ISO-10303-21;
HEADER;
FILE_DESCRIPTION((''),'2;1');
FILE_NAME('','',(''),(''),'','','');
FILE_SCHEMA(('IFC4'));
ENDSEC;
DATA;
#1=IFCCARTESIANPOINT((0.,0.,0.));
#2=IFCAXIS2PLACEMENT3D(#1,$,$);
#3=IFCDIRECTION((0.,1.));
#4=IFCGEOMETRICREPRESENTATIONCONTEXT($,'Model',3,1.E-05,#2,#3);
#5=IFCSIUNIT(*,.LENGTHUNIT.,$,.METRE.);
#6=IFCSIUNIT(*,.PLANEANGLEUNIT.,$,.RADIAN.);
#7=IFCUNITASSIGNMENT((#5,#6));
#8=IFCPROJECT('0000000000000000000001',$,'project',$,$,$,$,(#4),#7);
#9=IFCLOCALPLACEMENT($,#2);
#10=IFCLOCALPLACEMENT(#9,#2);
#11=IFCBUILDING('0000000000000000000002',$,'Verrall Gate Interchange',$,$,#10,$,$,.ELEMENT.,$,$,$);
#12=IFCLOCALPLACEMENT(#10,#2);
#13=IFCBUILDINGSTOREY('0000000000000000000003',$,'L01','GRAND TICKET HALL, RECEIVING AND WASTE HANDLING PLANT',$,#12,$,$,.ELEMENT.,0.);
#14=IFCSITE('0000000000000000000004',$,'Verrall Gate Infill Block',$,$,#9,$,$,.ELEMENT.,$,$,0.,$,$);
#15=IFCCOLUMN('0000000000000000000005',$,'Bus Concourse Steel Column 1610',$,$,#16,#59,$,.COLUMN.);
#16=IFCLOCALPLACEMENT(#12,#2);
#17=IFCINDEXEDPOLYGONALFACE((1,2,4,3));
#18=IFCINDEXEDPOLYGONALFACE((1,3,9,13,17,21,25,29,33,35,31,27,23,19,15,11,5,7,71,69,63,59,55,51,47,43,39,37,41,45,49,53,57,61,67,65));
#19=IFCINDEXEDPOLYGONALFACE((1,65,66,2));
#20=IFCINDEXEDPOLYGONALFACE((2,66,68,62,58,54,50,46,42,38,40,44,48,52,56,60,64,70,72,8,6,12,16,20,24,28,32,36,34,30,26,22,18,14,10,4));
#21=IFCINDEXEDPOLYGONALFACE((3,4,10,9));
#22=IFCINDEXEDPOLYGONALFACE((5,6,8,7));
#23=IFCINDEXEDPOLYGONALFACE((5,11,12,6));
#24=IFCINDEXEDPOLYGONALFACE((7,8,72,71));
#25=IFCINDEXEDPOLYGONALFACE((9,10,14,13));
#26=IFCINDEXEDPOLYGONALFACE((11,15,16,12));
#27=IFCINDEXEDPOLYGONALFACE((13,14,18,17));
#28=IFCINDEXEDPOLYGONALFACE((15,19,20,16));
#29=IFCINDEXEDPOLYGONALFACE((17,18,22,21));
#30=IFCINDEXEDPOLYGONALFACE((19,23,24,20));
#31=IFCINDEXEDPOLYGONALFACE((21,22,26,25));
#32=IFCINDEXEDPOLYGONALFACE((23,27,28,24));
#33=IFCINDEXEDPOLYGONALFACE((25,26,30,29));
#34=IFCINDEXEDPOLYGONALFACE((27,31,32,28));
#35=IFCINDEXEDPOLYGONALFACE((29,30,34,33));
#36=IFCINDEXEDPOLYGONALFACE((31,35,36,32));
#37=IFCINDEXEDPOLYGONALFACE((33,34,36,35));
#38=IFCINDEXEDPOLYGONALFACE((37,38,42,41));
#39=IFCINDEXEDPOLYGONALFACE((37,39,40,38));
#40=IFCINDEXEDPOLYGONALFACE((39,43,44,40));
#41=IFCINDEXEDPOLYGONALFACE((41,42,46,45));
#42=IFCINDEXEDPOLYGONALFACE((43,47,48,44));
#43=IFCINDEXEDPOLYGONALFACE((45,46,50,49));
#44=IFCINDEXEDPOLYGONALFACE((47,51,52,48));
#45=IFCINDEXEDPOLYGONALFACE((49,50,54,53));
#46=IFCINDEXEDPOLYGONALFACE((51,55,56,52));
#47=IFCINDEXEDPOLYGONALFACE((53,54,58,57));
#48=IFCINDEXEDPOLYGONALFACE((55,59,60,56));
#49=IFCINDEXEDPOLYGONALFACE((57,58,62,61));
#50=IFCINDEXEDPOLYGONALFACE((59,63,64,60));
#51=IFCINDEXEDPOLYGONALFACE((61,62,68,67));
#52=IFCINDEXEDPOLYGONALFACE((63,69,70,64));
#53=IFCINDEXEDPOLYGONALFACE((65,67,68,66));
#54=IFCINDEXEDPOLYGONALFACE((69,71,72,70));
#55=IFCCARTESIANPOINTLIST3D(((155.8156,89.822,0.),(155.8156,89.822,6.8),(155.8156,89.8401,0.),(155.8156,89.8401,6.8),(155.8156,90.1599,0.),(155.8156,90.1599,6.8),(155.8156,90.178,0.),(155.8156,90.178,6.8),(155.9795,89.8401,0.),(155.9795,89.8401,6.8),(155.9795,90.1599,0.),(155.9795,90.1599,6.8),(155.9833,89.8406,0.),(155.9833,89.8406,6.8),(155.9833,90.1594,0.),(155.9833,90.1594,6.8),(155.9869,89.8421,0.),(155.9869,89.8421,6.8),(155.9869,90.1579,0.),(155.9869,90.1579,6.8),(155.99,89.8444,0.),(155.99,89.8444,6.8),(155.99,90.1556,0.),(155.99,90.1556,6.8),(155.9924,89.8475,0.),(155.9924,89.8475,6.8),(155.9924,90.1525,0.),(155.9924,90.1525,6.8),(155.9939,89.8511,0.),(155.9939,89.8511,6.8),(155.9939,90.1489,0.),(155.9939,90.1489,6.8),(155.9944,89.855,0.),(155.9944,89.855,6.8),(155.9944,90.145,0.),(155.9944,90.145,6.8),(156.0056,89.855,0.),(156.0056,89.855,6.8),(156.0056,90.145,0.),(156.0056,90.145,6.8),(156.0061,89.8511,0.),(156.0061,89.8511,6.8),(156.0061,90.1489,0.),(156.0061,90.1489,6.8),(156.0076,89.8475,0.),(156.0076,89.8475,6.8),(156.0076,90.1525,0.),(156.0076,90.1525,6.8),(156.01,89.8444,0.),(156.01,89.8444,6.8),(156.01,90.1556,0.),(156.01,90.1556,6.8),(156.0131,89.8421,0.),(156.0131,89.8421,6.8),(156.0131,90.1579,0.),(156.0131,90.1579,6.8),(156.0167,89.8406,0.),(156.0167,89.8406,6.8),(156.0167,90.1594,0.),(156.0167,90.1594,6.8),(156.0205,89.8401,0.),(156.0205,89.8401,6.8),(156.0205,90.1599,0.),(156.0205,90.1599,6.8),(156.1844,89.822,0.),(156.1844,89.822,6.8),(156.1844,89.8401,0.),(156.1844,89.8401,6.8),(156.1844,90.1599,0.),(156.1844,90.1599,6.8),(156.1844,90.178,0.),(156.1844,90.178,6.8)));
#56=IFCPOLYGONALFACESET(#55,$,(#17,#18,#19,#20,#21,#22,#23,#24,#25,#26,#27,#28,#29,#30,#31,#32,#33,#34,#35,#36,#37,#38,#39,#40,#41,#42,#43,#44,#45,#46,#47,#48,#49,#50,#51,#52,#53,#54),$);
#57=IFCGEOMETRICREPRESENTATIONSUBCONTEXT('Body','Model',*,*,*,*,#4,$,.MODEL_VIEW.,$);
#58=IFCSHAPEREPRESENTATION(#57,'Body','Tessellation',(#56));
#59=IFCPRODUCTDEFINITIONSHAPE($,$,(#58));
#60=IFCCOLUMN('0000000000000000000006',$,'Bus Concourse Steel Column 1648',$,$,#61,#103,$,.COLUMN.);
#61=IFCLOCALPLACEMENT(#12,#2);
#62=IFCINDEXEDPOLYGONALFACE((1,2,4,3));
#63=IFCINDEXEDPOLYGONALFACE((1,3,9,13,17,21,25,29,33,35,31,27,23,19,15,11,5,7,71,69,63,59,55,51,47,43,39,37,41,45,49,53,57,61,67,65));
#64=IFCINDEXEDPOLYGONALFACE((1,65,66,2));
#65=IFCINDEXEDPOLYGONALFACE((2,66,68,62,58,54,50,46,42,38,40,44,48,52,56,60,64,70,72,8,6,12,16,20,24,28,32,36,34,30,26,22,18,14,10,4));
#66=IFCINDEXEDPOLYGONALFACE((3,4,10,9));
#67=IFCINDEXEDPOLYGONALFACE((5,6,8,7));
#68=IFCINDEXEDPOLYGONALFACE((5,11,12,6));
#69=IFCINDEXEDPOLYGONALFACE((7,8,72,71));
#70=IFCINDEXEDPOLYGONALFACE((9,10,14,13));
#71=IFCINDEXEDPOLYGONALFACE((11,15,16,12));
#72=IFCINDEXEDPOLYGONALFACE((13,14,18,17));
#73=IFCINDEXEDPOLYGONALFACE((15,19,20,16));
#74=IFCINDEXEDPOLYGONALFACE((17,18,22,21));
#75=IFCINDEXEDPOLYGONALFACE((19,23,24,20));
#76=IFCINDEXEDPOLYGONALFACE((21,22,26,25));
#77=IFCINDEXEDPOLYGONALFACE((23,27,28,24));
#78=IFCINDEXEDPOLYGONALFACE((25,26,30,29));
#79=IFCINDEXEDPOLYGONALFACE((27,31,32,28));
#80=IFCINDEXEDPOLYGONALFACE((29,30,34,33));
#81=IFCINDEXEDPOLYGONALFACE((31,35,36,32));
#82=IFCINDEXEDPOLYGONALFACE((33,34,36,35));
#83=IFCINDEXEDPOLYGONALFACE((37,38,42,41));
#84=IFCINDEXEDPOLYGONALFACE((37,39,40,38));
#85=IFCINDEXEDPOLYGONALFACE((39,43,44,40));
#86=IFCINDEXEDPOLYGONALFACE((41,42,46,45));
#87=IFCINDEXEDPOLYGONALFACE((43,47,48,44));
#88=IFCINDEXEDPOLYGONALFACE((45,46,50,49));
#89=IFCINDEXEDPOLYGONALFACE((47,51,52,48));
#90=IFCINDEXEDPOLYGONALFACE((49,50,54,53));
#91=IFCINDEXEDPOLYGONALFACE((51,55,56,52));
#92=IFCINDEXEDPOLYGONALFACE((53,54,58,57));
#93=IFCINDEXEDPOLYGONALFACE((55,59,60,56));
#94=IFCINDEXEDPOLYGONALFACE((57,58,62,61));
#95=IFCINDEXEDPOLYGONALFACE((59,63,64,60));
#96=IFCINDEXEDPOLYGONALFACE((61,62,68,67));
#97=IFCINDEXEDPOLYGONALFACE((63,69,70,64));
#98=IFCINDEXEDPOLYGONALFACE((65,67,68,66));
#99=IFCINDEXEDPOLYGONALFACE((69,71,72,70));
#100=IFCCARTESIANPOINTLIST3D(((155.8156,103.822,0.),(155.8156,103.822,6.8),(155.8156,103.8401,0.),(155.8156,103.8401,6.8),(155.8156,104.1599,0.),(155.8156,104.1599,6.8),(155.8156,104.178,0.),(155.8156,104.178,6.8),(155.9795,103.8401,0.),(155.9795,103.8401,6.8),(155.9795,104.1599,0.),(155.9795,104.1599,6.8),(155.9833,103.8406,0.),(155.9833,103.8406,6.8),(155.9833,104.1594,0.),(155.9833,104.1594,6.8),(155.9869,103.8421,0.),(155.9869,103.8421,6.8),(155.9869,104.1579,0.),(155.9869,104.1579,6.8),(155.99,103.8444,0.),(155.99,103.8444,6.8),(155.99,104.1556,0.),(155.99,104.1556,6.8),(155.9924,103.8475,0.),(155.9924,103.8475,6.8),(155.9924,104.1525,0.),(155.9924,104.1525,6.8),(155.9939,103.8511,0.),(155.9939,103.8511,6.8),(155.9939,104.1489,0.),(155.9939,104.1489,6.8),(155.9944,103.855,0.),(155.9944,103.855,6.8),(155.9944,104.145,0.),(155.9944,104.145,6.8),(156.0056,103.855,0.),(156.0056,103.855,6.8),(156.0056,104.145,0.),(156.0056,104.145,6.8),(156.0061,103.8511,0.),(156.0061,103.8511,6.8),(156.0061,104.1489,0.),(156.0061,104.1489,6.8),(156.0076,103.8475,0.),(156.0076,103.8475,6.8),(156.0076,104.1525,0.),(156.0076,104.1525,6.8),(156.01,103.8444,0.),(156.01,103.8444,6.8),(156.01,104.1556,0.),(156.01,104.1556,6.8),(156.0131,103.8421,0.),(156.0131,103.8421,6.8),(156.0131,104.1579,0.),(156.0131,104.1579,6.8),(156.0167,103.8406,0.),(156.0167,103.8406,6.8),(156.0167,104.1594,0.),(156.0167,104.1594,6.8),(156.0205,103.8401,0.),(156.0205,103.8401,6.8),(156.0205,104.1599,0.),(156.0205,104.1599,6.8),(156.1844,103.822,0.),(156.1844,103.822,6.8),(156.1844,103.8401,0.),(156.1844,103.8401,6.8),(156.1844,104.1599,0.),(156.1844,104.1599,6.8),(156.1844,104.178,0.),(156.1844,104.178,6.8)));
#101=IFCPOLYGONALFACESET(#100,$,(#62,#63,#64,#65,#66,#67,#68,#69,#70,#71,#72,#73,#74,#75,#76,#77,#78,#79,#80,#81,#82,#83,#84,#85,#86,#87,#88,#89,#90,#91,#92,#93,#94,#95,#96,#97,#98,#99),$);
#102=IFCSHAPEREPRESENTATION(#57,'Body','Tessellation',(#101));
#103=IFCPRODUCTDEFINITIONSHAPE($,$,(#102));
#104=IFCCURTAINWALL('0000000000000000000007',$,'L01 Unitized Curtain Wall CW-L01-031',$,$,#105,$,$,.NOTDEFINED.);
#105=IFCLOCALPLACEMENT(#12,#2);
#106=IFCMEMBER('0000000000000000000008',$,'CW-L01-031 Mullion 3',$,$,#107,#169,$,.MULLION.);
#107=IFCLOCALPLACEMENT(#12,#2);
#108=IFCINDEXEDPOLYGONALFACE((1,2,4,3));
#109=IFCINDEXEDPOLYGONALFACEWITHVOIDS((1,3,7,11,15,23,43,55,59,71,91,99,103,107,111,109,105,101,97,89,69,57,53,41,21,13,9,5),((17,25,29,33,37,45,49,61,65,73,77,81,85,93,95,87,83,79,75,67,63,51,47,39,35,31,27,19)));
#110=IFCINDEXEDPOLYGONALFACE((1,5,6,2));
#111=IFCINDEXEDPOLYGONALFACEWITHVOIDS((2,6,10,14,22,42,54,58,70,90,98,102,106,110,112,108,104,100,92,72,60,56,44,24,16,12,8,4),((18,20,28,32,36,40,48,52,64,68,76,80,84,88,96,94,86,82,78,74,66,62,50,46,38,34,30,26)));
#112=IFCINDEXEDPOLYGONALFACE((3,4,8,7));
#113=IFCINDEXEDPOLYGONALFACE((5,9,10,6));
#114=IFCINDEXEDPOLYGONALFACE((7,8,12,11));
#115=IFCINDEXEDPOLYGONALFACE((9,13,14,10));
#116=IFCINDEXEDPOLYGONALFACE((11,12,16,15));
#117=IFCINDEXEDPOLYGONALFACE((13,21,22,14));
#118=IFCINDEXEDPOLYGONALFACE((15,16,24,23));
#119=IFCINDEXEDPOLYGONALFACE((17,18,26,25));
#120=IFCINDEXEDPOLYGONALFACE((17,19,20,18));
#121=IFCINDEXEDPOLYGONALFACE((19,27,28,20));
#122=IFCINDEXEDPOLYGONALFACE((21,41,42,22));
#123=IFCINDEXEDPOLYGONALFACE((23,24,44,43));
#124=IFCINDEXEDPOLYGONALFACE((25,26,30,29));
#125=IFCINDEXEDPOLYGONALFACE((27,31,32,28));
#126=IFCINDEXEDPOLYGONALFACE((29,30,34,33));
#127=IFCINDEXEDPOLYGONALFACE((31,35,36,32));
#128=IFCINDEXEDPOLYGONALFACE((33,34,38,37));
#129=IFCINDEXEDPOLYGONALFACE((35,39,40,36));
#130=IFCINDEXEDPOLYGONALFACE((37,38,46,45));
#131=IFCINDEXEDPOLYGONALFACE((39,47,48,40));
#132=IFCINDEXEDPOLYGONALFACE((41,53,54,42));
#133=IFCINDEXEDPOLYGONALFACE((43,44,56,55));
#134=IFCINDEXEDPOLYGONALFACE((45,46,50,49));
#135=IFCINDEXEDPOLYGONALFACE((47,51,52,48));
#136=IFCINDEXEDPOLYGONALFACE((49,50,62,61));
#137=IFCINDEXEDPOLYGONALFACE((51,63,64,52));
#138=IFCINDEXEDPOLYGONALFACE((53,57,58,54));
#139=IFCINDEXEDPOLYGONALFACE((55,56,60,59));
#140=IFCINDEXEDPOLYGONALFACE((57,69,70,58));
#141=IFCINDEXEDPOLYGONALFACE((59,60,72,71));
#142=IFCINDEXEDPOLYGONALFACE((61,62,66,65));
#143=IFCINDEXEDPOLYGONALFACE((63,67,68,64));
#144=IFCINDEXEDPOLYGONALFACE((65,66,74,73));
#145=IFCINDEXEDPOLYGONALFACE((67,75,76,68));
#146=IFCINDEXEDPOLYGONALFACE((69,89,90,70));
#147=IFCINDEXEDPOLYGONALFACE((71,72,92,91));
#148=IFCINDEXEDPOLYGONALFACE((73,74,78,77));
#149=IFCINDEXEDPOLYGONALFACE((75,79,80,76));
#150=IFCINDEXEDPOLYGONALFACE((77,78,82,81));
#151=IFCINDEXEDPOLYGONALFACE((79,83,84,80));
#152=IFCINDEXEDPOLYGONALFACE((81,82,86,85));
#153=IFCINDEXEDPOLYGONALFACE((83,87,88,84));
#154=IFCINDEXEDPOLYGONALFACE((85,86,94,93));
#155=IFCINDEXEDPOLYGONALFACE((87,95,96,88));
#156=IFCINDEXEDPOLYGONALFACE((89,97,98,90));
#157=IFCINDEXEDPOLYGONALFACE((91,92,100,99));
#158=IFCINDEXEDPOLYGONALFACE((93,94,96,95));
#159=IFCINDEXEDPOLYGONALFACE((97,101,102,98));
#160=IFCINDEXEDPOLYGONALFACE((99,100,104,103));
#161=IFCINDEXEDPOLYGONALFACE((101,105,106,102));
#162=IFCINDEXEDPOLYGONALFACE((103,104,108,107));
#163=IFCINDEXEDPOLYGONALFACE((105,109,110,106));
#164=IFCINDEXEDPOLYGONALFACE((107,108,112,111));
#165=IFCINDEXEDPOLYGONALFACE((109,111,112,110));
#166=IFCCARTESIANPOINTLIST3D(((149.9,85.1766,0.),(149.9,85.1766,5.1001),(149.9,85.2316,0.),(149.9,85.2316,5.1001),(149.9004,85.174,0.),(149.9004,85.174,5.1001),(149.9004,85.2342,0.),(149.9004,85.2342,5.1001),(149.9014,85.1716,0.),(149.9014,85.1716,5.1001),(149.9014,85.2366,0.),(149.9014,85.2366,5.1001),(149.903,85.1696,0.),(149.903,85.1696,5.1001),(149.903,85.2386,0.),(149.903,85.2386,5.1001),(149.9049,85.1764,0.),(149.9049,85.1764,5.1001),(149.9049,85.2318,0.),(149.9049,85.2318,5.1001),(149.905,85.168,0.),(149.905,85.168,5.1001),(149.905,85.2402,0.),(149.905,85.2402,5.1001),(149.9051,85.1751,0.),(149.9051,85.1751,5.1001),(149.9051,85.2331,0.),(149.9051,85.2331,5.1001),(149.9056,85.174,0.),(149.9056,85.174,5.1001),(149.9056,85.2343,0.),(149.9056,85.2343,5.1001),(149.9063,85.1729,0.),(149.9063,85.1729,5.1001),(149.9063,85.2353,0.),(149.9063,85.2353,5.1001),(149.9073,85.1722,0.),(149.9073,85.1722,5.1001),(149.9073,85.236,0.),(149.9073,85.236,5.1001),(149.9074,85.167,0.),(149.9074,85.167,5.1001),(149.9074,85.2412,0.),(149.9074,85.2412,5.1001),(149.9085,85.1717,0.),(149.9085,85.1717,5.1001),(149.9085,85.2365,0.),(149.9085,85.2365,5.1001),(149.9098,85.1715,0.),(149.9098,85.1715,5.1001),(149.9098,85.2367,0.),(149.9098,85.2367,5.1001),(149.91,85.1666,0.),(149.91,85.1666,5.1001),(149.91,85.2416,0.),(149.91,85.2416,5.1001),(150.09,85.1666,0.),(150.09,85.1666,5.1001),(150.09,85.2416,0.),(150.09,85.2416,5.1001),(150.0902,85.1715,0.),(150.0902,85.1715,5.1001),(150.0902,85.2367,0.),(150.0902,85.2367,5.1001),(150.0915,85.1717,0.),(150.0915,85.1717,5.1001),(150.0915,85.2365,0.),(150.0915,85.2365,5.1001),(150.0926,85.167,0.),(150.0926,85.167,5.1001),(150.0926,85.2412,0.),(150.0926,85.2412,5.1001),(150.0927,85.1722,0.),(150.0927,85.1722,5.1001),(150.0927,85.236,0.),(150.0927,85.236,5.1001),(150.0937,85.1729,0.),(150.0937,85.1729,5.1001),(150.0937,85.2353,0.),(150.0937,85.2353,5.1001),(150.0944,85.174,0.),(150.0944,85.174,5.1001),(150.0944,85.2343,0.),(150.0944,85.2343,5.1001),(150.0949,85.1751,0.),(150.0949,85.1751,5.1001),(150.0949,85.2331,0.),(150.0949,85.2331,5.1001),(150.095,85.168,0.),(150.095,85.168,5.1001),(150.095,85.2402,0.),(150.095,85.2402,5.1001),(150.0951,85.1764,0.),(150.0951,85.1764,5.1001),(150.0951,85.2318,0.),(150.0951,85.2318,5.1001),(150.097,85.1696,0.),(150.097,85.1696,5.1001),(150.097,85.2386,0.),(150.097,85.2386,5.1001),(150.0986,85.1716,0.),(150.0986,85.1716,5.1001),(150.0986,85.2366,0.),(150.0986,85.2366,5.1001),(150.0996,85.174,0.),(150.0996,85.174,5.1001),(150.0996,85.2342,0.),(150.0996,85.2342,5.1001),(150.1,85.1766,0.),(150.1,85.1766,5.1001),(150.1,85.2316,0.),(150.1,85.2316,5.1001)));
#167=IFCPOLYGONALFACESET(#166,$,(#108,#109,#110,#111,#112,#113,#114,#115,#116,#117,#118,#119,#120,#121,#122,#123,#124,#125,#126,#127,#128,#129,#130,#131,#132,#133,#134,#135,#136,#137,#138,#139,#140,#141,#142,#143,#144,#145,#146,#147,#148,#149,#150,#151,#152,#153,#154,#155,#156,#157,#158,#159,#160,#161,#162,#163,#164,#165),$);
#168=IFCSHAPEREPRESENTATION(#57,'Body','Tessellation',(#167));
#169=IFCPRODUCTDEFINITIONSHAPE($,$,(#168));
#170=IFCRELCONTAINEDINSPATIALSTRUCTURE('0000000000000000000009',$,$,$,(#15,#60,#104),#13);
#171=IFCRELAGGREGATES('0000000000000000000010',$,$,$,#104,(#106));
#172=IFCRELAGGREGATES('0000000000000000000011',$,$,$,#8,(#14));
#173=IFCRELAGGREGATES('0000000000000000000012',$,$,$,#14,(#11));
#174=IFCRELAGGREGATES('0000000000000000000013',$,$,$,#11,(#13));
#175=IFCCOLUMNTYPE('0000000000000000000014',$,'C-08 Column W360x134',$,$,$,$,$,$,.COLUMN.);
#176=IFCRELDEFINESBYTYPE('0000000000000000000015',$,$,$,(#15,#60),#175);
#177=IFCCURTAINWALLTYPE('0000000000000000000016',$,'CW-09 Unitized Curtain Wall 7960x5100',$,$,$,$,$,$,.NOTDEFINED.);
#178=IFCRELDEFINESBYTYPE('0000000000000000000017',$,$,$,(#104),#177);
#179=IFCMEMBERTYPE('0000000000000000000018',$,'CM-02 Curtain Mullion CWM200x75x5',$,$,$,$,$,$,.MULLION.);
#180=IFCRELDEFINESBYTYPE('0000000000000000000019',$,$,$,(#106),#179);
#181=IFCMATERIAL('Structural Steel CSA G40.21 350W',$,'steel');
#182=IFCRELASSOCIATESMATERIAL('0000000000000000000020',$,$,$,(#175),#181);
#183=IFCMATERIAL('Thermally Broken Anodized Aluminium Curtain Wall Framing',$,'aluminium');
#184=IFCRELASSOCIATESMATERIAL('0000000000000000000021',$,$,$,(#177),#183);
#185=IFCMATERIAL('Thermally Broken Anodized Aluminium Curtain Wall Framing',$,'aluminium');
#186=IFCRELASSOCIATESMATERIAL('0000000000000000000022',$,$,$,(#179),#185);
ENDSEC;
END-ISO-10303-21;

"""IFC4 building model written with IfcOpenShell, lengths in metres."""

from ifc_helpers import new_model, si_unit, direction, frame, origin, origin_2d, place, context, subcontext, project, spatial, hollow_rectangle, i_section, extrude, material, material_profile, profile_set, type_object, element, aggregate, save


model = new_model("IFC4")

# Units and contexts
model_context = context("Model", 3, precision=1e-05, world=origin(), true_north=direction((0.0, 1.0)))
body_context = subcontext(model_context, "Body", "Model", "MODEL_VIEW")
ifc_project = project(units=[si_unit("LENGTHUNIT", "METRE"), si_unit("PLANEANGLEUNIT", "RADIAN")], contexts=[model_context])

# Site, building, storey
site_placement = place(None, origin())
site = spatial("IfcSite", under=ifc_project, at=site_placement, Name="Verrall Gate Infill Block", CompositionType="ELEMENT", RefElevation=0.0)
building_placement = place(site_placement, origin())
building = spatial("IfcBuilding", under=site, at=building_placement, Name="Verrall Gate Interchange", CompositionType="ELEMENT")
storey_placement = place(building_placement, origin())
storey = spatial("IfcBuildingStorey", under=building, at=storey_placement, Name="L01", Description="GRAND TICKET HALL, RECEIVING AND WASTE HANDLING PLANT", CompositionType="ELEMENT", Elevation=0.0)

# Columns
ifc_material_1 = material(Name="Structural Steel CSA G40.21 350W", Category="steel")
ifc_material_profile_1 = material_profile(ifc_material_1, i_section(OverallWidth=0.3689, OverallDepth=0.356, WebThickness=0.0112, FlangeThickness=0.0181, FilletRadius=0.0149, at=origin_2d()), Name="W360x134")
ifc_profile_set_1 = profile_set([ifc_material_profile_1], Name="Structural Steel CSA G40.21 350W")
column_type = type_object("IfcColumnType", Name="C-08 Column W360x134", PredefinedType="COLUMN", material=ifc_profile_set_1)
for number, where, z_axis, x_axis, name in (
    (1, (156.0, 90.0, 0.0), (0.0, 0.0, 1.0), (1.0, 0.0, 0.0), "Bus Concourse Steel Column 1610"),
    (2, (156.0, 104.0, 0.0), (0.0, 0.0, 1.0), (1.0, 0.0, 0.0), "Bus Concourse Steel Column 1648"),
):
    element("IfcColumn", number, at=place(storey_placement, frame(where, z_axis=z_axis, x_axis=x_axis)), inside=storey, type_object=column_type, Name=name, PredefinedType="COLUMN", context=body_context, shape_type="SweptSolid", body=[
        extrude(i_section(OverallWidth=0.3689, OverallDepth=0.356, WebThickness=0.0112, FlangeThickness=0.0181, FilletRadius=0.0149, at=origin_2d()), origin(), (0.0, 0.0, 1.0), 6.8),
    ])

# Curtain wall, member
ifc_material_2 = material(Name="Thermally Broken Anodized Aluminium Curtain Wall Framing", Category="aluminium")
curtain_wall_type = type_object("IfcCurtainWallType", Name="CW-09 Unitized Curtain Wall 7960x5100", PredefinedType="NOTDEFINED", material=ifc_material_2)
curtain_wall_placement = place(storey_placement, origin())
curtain_wall = element("IfcCurtainWall", 3, at=curtain_wall_placement, inside=storey, type_object=curtain_wall_type, Name="L01 Unitized Curtain Wall CW-L01-031", PredefinedType="NOTDEFINED")
ifc_material_3 = material(Name="Thermally Broken Anodized Aluminium Curtain Wall Framing", Category="aluminium")
ifc_material_profile_2 = material_profile(ifc_material_3, hollow_rectangle(XDim=0.075, YDim=0.2, WallThickness=0.0049, InnerFilletRadius=0.0049, OuterFilletRadius=0.01, at=origin_2d()), Name="CWM200x75x5")
ifc_profile_set_2 = profile_set([ifc_material_profile_2], Name="Thermally Broken Anodized Aluminium Curtain Wall Framing")
member_type = type_object("IfcMemberType", Name="CM-02 Curtain Mullion CWM200x75x5", PredefinedType="MULLION", material=ifc_profile_set_2)
member_1_placement = place(storey_placement, frame((150.0, 85.2041, 0.0), z_axis=(0.0, 0.0, 1.0), x_axis=(0.0, 1.0, 0.0)))
member_1 = element("IfcMember", 4, at=member_1_placement, type_object=member_type, Name="CW-L01-031 Mullion 3", PredefinedType="MULLION", context=body_context, shape_type="SweptSolid", body=[
    extrude(hollow_rectangle(XDim=0.075, YDim=0.2, WallThickness=0.0049, InnerFilletRadius=0.0049, OuterFilletRadius=0.01, at=origin_2d()), origin(), (0.0, 0.0, 1.0), 5.1001),
])

aggregate(curtain_wall, [member_1])

save(model, "model.ifc")
